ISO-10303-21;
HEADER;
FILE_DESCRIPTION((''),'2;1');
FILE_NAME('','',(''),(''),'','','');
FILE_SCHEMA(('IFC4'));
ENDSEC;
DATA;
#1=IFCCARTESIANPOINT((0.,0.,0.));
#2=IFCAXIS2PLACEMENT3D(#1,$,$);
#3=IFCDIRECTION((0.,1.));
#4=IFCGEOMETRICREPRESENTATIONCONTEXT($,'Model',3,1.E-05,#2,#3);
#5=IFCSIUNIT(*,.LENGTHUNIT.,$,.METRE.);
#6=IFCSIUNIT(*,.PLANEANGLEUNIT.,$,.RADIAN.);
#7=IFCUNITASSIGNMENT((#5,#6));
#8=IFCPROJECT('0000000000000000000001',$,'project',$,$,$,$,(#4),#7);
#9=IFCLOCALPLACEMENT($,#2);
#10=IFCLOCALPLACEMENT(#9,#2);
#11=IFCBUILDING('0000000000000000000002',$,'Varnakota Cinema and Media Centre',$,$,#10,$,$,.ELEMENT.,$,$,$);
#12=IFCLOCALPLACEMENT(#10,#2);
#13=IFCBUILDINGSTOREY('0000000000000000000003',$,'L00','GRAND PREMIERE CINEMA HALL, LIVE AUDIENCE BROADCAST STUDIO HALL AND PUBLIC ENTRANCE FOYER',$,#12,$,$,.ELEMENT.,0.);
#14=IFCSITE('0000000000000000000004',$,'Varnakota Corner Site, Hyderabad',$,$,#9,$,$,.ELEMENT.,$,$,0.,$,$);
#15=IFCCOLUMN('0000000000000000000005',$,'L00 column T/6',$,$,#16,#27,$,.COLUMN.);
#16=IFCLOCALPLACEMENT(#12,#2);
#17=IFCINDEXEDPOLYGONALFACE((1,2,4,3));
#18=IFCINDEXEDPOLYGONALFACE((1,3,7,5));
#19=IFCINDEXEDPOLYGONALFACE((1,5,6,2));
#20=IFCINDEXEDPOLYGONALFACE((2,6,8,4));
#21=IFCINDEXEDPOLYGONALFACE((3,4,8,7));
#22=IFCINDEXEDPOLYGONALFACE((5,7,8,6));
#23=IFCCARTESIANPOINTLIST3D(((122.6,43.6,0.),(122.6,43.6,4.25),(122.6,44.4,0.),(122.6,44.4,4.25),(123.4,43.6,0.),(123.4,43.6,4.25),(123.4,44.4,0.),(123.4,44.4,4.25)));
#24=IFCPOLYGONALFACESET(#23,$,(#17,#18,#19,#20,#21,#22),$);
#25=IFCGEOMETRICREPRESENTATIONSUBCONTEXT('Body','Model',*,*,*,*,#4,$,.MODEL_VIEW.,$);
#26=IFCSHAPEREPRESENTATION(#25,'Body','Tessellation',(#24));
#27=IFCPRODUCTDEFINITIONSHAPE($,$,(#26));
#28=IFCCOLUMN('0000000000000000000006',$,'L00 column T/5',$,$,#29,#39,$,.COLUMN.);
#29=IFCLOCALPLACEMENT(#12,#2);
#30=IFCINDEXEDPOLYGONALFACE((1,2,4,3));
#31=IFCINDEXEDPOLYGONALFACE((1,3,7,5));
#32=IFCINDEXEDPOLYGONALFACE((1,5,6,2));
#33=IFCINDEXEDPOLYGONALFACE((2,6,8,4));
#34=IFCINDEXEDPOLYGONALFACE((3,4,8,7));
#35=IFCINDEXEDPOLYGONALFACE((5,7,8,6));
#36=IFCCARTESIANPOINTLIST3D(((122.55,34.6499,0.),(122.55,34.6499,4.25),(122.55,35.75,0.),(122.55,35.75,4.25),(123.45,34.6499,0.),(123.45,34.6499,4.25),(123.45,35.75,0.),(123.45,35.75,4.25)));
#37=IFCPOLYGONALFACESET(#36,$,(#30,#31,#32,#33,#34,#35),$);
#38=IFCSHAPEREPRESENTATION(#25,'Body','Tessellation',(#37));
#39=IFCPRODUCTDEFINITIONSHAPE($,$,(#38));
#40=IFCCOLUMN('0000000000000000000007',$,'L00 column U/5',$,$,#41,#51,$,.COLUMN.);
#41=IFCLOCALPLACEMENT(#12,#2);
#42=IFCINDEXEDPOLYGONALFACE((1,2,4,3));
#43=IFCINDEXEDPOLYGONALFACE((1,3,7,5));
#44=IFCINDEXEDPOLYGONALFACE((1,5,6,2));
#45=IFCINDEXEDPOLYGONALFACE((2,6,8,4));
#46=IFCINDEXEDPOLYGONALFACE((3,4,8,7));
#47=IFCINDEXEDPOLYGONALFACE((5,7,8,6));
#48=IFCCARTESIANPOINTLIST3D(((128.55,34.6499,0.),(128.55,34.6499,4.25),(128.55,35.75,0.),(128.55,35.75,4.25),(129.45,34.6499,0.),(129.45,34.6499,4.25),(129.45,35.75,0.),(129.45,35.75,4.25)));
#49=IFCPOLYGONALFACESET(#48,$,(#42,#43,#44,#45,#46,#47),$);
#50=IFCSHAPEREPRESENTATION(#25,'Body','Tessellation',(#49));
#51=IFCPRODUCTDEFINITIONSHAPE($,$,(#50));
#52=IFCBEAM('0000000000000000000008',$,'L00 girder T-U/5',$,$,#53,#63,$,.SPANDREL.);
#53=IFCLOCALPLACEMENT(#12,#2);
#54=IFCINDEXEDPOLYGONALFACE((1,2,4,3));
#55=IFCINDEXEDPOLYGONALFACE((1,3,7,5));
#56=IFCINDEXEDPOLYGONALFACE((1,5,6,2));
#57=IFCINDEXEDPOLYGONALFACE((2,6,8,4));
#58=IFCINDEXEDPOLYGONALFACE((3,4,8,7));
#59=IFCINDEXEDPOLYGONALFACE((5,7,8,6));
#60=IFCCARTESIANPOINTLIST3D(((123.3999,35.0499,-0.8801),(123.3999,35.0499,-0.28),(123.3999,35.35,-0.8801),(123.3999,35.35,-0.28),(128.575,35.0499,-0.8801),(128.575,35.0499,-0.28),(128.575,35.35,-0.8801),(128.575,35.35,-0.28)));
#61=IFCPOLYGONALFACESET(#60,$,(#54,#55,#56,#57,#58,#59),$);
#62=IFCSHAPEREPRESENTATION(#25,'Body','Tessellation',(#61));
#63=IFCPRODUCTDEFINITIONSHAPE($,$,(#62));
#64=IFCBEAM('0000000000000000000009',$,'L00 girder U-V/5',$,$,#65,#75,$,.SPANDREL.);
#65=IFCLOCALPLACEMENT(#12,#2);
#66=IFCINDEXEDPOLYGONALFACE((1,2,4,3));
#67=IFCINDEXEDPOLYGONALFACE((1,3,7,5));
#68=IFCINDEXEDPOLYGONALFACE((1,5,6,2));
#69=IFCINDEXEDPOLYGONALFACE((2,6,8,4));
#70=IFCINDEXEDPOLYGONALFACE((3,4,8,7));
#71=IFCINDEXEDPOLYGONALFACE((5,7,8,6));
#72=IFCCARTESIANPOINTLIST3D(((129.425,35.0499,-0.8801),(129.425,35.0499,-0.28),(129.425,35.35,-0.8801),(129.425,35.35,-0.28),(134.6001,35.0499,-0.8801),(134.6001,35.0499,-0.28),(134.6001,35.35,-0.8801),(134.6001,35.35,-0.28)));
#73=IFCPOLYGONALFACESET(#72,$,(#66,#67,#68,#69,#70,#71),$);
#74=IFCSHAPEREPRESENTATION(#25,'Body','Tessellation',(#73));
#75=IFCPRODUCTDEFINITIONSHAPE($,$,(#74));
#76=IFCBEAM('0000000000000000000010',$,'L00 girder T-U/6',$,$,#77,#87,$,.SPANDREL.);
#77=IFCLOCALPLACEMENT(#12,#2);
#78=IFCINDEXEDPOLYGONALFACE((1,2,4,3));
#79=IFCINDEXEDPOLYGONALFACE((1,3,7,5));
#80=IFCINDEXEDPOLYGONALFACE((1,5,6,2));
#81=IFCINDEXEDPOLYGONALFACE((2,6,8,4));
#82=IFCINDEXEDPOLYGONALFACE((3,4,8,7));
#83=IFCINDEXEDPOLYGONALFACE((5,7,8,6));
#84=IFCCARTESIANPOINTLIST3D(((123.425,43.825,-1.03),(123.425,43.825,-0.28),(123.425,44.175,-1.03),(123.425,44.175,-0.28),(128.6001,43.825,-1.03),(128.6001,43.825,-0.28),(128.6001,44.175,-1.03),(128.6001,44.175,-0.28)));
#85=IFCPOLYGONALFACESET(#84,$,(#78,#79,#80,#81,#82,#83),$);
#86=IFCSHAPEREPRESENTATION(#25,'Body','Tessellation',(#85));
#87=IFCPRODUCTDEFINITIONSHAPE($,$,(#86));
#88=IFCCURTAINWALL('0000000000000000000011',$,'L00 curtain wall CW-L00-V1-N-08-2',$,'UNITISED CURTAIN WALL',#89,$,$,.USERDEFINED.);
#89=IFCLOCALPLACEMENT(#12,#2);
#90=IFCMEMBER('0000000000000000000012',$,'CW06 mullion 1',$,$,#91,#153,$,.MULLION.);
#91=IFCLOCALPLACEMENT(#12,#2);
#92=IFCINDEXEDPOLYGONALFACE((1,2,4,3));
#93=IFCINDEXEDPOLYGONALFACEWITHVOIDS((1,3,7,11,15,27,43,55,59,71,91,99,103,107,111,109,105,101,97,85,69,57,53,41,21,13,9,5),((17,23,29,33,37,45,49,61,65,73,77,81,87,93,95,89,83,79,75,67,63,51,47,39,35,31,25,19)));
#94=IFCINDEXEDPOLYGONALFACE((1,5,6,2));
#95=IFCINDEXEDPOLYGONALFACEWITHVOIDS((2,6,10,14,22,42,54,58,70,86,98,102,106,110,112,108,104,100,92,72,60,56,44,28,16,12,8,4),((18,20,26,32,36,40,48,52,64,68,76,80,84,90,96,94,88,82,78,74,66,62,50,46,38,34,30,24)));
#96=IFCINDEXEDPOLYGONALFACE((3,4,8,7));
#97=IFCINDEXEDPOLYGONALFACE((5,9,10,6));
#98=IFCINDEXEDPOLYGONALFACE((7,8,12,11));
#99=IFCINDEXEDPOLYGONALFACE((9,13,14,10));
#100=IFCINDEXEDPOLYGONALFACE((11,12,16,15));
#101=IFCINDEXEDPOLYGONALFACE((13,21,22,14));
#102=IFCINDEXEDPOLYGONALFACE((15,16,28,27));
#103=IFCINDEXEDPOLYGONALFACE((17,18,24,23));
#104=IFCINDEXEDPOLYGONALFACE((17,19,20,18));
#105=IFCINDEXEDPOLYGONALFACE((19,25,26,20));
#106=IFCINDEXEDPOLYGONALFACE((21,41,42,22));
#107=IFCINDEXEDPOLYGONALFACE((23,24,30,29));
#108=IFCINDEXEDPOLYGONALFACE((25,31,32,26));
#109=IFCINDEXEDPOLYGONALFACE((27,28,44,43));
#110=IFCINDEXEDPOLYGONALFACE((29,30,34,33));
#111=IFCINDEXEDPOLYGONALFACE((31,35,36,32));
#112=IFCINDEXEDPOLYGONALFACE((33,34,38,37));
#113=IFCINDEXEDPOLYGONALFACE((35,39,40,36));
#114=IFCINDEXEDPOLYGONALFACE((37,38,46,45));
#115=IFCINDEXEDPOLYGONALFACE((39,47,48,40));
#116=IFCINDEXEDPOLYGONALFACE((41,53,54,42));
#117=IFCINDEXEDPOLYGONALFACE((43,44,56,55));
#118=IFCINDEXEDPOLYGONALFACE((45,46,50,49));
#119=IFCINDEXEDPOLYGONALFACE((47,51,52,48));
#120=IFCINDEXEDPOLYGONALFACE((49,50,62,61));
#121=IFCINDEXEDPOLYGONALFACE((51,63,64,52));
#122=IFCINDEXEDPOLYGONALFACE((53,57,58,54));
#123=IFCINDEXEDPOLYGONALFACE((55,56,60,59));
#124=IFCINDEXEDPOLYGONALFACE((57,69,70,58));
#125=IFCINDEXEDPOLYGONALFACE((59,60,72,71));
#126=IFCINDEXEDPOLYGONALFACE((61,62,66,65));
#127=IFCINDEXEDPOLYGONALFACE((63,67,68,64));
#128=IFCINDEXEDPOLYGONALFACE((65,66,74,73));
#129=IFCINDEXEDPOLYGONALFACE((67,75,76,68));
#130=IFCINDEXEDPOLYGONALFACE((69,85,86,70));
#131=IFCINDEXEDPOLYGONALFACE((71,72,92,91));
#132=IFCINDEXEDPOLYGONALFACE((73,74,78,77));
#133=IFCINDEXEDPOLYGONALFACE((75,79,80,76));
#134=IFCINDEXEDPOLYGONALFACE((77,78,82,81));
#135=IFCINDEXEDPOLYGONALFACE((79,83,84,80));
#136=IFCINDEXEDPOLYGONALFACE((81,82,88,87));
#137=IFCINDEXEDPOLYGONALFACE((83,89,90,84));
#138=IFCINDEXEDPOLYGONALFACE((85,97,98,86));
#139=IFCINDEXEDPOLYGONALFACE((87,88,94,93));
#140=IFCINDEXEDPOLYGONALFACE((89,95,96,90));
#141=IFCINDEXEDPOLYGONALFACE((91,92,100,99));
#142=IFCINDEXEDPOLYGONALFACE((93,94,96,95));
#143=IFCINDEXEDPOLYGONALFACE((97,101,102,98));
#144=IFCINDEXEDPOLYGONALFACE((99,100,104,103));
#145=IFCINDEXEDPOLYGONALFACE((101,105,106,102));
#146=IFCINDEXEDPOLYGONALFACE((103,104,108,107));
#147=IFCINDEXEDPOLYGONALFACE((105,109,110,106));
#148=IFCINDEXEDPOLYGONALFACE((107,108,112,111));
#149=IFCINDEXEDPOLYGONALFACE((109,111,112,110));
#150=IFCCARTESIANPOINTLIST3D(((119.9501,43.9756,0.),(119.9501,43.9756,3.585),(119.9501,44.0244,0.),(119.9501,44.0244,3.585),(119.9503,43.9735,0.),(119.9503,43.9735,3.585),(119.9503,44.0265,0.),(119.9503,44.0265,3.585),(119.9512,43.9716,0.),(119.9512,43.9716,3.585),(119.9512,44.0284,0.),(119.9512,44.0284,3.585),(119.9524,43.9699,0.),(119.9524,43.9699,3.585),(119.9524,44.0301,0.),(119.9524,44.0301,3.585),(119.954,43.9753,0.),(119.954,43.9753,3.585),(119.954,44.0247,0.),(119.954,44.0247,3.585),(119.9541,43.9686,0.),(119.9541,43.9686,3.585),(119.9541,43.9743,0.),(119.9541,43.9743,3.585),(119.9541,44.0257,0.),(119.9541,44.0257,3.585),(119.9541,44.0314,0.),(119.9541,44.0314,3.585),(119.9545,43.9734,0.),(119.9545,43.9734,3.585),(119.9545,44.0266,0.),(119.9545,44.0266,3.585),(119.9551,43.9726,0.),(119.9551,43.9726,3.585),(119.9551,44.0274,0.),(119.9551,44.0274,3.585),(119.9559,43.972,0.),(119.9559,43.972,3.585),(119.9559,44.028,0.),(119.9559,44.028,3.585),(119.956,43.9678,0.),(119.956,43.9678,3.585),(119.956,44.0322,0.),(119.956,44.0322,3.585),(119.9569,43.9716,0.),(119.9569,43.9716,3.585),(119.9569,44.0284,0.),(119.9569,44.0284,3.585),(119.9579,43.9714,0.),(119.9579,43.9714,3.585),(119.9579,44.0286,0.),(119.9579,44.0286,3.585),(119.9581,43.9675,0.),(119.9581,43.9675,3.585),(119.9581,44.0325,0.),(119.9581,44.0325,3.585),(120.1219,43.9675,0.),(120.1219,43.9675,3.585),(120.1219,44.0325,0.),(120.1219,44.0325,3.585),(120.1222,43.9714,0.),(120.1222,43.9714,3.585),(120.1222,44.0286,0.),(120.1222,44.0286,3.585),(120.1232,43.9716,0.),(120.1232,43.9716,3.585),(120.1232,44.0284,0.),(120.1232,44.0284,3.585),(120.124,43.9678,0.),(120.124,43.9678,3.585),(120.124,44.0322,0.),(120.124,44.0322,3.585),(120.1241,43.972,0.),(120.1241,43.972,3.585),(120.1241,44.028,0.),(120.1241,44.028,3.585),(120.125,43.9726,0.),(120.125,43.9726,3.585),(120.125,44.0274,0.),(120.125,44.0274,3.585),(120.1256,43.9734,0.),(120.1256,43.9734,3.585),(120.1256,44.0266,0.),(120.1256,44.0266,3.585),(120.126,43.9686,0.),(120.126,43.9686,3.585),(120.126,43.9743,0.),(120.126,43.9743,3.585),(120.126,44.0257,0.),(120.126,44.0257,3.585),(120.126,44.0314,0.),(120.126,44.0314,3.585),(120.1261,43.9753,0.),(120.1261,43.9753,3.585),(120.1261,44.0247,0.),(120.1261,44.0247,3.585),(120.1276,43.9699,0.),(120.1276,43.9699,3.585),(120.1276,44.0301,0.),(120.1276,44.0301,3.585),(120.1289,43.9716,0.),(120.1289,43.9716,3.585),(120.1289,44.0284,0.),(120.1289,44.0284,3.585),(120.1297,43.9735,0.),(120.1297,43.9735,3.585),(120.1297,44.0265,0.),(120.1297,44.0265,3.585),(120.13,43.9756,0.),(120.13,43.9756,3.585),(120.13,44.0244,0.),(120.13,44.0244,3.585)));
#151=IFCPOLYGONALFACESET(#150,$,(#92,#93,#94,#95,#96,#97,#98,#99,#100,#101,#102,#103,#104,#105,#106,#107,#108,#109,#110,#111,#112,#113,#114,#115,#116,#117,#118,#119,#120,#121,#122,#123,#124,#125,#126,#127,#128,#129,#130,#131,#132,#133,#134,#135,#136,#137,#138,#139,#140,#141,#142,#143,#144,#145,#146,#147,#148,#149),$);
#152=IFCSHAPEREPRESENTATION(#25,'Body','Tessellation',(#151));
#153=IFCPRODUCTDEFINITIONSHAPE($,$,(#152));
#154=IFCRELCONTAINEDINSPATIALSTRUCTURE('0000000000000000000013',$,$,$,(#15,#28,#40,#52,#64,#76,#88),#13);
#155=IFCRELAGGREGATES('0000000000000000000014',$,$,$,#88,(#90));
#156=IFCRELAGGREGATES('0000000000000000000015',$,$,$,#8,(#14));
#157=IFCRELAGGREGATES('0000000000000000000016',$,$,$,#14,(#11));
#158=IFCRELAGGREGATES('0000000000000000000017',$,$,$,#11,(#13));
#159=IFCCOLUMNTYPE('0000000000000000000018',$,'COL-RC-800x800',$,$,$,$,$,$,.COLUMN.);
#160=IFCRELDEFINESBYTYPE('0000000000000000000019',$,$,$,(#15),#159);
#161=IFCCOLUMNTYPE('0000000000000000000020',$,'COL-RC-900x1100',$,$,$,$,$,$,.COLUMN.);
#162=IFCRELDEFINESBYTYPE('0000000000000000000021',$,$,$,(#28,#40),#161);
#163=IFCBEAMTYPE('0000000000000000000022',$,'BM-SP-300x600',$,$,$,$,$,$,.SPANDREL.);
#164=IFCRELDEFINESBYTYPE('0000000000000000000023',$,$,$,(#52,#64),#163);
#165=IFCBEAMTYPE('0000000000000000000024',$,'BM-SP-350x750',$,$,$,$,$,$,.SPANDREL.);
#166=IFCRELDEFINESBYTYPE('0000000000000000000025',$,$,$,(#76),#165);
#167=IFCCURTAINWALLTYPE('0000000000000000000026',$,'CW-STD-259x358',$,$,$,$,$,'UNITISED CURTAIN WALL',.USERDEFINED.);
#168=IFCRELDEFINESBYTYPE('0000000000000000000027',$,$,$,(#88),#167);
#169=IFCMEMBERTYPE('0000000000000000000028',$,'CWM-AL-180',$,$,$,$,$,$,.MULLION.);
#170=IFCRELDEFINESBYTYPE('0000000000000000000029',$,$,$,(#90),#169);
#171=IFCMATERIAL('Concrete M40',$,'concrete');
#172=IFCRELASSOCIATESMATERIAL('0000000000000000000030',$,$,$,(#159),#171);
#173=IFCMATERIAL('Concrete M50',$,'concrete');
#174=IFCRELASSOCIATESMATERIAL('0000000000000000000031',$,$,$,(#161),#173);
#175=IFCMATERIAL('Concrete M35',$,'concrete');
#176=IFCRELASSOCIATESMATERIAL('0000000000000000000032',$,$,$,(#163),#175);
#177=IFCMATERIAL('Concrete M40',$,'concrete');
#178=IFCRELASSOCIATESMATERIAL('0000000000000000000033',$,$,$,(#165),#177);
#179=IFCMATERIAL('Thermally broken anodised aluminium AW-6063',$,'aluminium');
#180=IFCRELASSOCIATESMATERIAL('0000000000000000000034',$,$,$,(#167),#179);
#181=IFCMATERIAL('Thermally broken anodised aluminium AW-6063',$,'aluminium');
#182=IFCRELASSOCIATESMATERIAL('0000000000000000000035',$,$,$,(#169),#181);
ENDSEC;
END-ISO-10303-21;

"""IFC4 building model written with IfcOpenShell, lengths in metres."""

from ifc_helpers import new_model, si_unit, direction, frame, origin, origin_2d, place, context, subcontext, project, spatial, rectangle, hollow_rectangle, extrude, material, material_profile, profile_set, type_object, element, aggregate, save


model = new_model("IFC4")

# Units and contexts
model_context = context("Model", 3, precision=1e-05, world=origin(), true_north=direction((0.0, 1.0)))
body_context = subcontext(model_context, "Body", "Model", "MODEL_VIEW")
ifc_project = project(units=[si_unit("LENGTHUNIT", "METRE"), si_unit("PLANEANGLEUNIT", "RADIAN")], contexts=[model_context])

# Site, building, storey
site_placement = place(None, origin())
site = spatial("IfcSite", under=ifc_project, at=site_placement, Name="Varnakota Corner Site, Hyderabad", CompositionType="ELEMENT", RefElevation=0.0)
building_placement = place(site_placement, origin())
building = spatial("IfcBuilding", under=site, at=building_placement, Name="Varnakota Cinema and Media Centre", CompositionType="ELEMENT")
storey_placement = place(building_placement, origin())
storey = spatial("IfcBuildingStorey", under=building, at=storey_placement, Name="L00", Description="GRAND PREMIERE CINEMA HALL, LIVE AUDIENCE BROADCAST STUDIO HALL AND PUBLIC ENTRANCE FOYER", CompositionType="ELEMENT", Elevation=0.0)

# Columns
ifc_material_1 = material(Name="Concrete M40", Category="concrete")
ifc_material_profile_1 = material_profile(ifc_material_1, rectangle(XDim=0.8, YDim=0.8, at=origin_2d()), Name="RC 800x800")
ifc_profile_set_1 = profile_set([ifc_material_profile_1], Name="Concrete M40")
column_type_1 = type_object("IfcColumnType", Name="COL-RC-800x800", PredefinedType="COLUMN", material=ifc_profile_set_1)
column_placement = place(storey_placement, frame((123.0, 44.0, 0.0), z_axis=(0.0, 0.0, 1.0), x_axis=(1.0, 0.0, 0.0)))
element("IfcColumn", 1, at=column_placement, inside=storey, type_object=column_type_1, Name="L00 column T/6", PredefinedType="COLUMN", context=body_context, shape_type="SweptSolid", body=[
    extrude(rectangle(XDim=0.8, YDim=0.8, at=origin_2d()), origin(), (0.0, 0.0, 1.0), 4.25),
])
ifc_material_2 = material(Name="Concrete M50", Category="concrete")
ifc_material_profile_2 = material_profile(ifc_material_2, rectangle(XDim=0.8999, YDim=1.1001, at=origin_2d()), Name="RC 900x1100")
ifc_profile_set_2 = profile_set([ifc_material_profile_2], Name="Concrete M50")
column_type_2 = type_object("IfcColumnType", Name="COL-RC-900x1100", PredefinedType="COLUMN", material=ifc_profile_set_2)
for number, where, z_axis, x_axis, name in (
    (2, (123.0, 35.2, 0.0), (0.0, 0.0, 1.0), (1.0, 0.0, 0.0), "L00 column T/5"),
    (3, (129.0, 35.2, 0.0), (0.0, 0.0, 1.0), (1.0, 0.0, 0.0), "L00 column U/5"),
):
    element("IfcColumn", number, at=place(storey_placement, frame(where, z_axis=z_axis, x_axis=x_axis)), inside=storey, type_object=column_type_2, Name=name, PredefinedType="COLUMN", context=body_context, shape_type="SweptSolid", body=[
        extrude(rectangle(XDim=0.8999, YDim=1.1001, at=origin_2d()), origin(), (0.0, 0.0, 1.0), 4.25),
    ])

# Beams
ifc_material_3 = material(Name="Concrete M35", Category="concrete")
ifc_material_profile_3 = material_profile(ifc_material_3, rectangle(XDim=0.3, YDim=0.6001, at=origin_2d()), Name="RCB 300x600")
ifc_profile_set_3 = profile_set([ifc_material_profile_3], Name="Concrete M35")
beam_type_1 = type_object("IfcBeamType", Name="BM-SP-300x600", PredefinedType="SPANDREL", material=ifc_profile_set_3)
for number, where, z_axis, x_axis, name in (
    (4, (123.3999, 35.2, -0.5801), (1.0, 0.0, 0.0), (0.0, 1.0, 0.0), "L00 girder T-U/5"),
    (5, (129.425, 35.2, -0.5801), (1.0, 0.0, 0.0), (0.0, 1.0, 0.0), "L00 girder U-V/5"),
):
    element("IfcBeam", number, at=place(storey_placement, frame(where, z_axis=z_axis, x_axis=x_axis)), inside=storey, type_object=beam_type_1, Name=name, PredefinedType="SPANDREL", context=body_context, shape_type="SweptSolid", body=[
        extrude(rectangle(XDim=0.3, YDim=0.6001, at=origin_2d()), origin(), (0.0, 0.0, 1.0), 5.175),
    ])
ifc_material_4 = material(Name="Concrete M40", Category="concrete")
ifc_material_profile_4 = material_profile(ifc_material_4, rectangle(XDim=0.3501, YDim=0.75, at=origin_2d()), Name="RCB 350x750")
ifc_profile_set_4 = profile_set([ifc_material_profile_4], Name="Concrete M40")
beam_type_2 = type_object("IfcBeamType", Name="BM-SP-350x750", PredefinedType="SPANDREL", material=ifc_profile_set_4)
beam_placement = place(storey_placement, frame((123.425, 44.0, -0.655), z_axis=(1.0, 0.0, 0.0), x_axis=(0.0, 1.0, 0.0)))
element("IfcBeam", 6, at=beam_placement, inside=storey, type_object=beam_type_2, Name="L00 girder T-U/6", PredefinedType="SPANDREL", context=body_context, shape_type="SweptSolid", body=[
    extrude(rectangle(XDim=0.3501, YDim=0.75, at=origin_2d()), origin(), (0.0, 0.0, 1.0), 5.175),
])

# Curtain wall, member
ifc_material_5 = material(Name="Thermally broken anodised aluminium AW-6063", Category="aluminium")
curtain_wall_type = type_object("IfcCurtainWallType", Name="CW-STD-259x358", ElementType="UNITISED CURTAIN WALL", PredefinedType="USERDEFINED", material=ifc_material_5)
curtain_wall_1_placement = place(storey_placement, origin())
curtain_wall_1 = element("IfcCurtainWall", 7, at=curtain_wall_1_placement, inside=storey, type_object=curtain_wall_type, Name="L00 curtain wall CW-L00-V1-N-08-2", ObjectType="UNITISED CURTAIN WALL", PredefinedType="USERDEFINED")
ifc_material_6 = material(Name="Thermally broken anodised aluminium AW-6063", Category="aluminium")
ifc_material_profile_5 = material_profile(ifc_material_6, hollow_rectangle(XDim=0.0649, YDim=0.1799, WallThickness=0.0039, InnerFilletRadius=0.0039, OuterFilletRadius=0.0081, at=origin_2d()), Name="AL-MULLION 180x65x4")
ifc_profile_set_5 = profile_set([ifc_material_profile_5], Name="Thermally broken anodised aluminium AW-6063")
member_type_1 = type_object("IfcMemberType", Name="CWM-AL-180", PredefinedType="MULLION", material=ifc_profile_set_5)
member_1_placement = place(storey_placement, frame((120.04, 44.0, 0.0), z_axis=(0.0, 0.0, 1.0), x_axis=(0.0, 1.0, 0.0)))
member_1 = element("IfcMember", 8, at=member_1_placement, type_object=member_type_1, Name="CW06 mullion 1", PredefinedType="MULLION", context=body_context, shape_type="SweptSolid", body=[
    extrude(hollow_rectangle(XDim=0.0649, YDim=0.1799, WallThickness=0.0039, InnerFilletRadius=0.0039, OuterFilletRadius=0.0081, at=origin_2d()), origin(), (0.0, 0.0, 1.0), 3.585),
])

aggregate(curtain_wall_1, [member_1])

save(model, "model.ifc")
